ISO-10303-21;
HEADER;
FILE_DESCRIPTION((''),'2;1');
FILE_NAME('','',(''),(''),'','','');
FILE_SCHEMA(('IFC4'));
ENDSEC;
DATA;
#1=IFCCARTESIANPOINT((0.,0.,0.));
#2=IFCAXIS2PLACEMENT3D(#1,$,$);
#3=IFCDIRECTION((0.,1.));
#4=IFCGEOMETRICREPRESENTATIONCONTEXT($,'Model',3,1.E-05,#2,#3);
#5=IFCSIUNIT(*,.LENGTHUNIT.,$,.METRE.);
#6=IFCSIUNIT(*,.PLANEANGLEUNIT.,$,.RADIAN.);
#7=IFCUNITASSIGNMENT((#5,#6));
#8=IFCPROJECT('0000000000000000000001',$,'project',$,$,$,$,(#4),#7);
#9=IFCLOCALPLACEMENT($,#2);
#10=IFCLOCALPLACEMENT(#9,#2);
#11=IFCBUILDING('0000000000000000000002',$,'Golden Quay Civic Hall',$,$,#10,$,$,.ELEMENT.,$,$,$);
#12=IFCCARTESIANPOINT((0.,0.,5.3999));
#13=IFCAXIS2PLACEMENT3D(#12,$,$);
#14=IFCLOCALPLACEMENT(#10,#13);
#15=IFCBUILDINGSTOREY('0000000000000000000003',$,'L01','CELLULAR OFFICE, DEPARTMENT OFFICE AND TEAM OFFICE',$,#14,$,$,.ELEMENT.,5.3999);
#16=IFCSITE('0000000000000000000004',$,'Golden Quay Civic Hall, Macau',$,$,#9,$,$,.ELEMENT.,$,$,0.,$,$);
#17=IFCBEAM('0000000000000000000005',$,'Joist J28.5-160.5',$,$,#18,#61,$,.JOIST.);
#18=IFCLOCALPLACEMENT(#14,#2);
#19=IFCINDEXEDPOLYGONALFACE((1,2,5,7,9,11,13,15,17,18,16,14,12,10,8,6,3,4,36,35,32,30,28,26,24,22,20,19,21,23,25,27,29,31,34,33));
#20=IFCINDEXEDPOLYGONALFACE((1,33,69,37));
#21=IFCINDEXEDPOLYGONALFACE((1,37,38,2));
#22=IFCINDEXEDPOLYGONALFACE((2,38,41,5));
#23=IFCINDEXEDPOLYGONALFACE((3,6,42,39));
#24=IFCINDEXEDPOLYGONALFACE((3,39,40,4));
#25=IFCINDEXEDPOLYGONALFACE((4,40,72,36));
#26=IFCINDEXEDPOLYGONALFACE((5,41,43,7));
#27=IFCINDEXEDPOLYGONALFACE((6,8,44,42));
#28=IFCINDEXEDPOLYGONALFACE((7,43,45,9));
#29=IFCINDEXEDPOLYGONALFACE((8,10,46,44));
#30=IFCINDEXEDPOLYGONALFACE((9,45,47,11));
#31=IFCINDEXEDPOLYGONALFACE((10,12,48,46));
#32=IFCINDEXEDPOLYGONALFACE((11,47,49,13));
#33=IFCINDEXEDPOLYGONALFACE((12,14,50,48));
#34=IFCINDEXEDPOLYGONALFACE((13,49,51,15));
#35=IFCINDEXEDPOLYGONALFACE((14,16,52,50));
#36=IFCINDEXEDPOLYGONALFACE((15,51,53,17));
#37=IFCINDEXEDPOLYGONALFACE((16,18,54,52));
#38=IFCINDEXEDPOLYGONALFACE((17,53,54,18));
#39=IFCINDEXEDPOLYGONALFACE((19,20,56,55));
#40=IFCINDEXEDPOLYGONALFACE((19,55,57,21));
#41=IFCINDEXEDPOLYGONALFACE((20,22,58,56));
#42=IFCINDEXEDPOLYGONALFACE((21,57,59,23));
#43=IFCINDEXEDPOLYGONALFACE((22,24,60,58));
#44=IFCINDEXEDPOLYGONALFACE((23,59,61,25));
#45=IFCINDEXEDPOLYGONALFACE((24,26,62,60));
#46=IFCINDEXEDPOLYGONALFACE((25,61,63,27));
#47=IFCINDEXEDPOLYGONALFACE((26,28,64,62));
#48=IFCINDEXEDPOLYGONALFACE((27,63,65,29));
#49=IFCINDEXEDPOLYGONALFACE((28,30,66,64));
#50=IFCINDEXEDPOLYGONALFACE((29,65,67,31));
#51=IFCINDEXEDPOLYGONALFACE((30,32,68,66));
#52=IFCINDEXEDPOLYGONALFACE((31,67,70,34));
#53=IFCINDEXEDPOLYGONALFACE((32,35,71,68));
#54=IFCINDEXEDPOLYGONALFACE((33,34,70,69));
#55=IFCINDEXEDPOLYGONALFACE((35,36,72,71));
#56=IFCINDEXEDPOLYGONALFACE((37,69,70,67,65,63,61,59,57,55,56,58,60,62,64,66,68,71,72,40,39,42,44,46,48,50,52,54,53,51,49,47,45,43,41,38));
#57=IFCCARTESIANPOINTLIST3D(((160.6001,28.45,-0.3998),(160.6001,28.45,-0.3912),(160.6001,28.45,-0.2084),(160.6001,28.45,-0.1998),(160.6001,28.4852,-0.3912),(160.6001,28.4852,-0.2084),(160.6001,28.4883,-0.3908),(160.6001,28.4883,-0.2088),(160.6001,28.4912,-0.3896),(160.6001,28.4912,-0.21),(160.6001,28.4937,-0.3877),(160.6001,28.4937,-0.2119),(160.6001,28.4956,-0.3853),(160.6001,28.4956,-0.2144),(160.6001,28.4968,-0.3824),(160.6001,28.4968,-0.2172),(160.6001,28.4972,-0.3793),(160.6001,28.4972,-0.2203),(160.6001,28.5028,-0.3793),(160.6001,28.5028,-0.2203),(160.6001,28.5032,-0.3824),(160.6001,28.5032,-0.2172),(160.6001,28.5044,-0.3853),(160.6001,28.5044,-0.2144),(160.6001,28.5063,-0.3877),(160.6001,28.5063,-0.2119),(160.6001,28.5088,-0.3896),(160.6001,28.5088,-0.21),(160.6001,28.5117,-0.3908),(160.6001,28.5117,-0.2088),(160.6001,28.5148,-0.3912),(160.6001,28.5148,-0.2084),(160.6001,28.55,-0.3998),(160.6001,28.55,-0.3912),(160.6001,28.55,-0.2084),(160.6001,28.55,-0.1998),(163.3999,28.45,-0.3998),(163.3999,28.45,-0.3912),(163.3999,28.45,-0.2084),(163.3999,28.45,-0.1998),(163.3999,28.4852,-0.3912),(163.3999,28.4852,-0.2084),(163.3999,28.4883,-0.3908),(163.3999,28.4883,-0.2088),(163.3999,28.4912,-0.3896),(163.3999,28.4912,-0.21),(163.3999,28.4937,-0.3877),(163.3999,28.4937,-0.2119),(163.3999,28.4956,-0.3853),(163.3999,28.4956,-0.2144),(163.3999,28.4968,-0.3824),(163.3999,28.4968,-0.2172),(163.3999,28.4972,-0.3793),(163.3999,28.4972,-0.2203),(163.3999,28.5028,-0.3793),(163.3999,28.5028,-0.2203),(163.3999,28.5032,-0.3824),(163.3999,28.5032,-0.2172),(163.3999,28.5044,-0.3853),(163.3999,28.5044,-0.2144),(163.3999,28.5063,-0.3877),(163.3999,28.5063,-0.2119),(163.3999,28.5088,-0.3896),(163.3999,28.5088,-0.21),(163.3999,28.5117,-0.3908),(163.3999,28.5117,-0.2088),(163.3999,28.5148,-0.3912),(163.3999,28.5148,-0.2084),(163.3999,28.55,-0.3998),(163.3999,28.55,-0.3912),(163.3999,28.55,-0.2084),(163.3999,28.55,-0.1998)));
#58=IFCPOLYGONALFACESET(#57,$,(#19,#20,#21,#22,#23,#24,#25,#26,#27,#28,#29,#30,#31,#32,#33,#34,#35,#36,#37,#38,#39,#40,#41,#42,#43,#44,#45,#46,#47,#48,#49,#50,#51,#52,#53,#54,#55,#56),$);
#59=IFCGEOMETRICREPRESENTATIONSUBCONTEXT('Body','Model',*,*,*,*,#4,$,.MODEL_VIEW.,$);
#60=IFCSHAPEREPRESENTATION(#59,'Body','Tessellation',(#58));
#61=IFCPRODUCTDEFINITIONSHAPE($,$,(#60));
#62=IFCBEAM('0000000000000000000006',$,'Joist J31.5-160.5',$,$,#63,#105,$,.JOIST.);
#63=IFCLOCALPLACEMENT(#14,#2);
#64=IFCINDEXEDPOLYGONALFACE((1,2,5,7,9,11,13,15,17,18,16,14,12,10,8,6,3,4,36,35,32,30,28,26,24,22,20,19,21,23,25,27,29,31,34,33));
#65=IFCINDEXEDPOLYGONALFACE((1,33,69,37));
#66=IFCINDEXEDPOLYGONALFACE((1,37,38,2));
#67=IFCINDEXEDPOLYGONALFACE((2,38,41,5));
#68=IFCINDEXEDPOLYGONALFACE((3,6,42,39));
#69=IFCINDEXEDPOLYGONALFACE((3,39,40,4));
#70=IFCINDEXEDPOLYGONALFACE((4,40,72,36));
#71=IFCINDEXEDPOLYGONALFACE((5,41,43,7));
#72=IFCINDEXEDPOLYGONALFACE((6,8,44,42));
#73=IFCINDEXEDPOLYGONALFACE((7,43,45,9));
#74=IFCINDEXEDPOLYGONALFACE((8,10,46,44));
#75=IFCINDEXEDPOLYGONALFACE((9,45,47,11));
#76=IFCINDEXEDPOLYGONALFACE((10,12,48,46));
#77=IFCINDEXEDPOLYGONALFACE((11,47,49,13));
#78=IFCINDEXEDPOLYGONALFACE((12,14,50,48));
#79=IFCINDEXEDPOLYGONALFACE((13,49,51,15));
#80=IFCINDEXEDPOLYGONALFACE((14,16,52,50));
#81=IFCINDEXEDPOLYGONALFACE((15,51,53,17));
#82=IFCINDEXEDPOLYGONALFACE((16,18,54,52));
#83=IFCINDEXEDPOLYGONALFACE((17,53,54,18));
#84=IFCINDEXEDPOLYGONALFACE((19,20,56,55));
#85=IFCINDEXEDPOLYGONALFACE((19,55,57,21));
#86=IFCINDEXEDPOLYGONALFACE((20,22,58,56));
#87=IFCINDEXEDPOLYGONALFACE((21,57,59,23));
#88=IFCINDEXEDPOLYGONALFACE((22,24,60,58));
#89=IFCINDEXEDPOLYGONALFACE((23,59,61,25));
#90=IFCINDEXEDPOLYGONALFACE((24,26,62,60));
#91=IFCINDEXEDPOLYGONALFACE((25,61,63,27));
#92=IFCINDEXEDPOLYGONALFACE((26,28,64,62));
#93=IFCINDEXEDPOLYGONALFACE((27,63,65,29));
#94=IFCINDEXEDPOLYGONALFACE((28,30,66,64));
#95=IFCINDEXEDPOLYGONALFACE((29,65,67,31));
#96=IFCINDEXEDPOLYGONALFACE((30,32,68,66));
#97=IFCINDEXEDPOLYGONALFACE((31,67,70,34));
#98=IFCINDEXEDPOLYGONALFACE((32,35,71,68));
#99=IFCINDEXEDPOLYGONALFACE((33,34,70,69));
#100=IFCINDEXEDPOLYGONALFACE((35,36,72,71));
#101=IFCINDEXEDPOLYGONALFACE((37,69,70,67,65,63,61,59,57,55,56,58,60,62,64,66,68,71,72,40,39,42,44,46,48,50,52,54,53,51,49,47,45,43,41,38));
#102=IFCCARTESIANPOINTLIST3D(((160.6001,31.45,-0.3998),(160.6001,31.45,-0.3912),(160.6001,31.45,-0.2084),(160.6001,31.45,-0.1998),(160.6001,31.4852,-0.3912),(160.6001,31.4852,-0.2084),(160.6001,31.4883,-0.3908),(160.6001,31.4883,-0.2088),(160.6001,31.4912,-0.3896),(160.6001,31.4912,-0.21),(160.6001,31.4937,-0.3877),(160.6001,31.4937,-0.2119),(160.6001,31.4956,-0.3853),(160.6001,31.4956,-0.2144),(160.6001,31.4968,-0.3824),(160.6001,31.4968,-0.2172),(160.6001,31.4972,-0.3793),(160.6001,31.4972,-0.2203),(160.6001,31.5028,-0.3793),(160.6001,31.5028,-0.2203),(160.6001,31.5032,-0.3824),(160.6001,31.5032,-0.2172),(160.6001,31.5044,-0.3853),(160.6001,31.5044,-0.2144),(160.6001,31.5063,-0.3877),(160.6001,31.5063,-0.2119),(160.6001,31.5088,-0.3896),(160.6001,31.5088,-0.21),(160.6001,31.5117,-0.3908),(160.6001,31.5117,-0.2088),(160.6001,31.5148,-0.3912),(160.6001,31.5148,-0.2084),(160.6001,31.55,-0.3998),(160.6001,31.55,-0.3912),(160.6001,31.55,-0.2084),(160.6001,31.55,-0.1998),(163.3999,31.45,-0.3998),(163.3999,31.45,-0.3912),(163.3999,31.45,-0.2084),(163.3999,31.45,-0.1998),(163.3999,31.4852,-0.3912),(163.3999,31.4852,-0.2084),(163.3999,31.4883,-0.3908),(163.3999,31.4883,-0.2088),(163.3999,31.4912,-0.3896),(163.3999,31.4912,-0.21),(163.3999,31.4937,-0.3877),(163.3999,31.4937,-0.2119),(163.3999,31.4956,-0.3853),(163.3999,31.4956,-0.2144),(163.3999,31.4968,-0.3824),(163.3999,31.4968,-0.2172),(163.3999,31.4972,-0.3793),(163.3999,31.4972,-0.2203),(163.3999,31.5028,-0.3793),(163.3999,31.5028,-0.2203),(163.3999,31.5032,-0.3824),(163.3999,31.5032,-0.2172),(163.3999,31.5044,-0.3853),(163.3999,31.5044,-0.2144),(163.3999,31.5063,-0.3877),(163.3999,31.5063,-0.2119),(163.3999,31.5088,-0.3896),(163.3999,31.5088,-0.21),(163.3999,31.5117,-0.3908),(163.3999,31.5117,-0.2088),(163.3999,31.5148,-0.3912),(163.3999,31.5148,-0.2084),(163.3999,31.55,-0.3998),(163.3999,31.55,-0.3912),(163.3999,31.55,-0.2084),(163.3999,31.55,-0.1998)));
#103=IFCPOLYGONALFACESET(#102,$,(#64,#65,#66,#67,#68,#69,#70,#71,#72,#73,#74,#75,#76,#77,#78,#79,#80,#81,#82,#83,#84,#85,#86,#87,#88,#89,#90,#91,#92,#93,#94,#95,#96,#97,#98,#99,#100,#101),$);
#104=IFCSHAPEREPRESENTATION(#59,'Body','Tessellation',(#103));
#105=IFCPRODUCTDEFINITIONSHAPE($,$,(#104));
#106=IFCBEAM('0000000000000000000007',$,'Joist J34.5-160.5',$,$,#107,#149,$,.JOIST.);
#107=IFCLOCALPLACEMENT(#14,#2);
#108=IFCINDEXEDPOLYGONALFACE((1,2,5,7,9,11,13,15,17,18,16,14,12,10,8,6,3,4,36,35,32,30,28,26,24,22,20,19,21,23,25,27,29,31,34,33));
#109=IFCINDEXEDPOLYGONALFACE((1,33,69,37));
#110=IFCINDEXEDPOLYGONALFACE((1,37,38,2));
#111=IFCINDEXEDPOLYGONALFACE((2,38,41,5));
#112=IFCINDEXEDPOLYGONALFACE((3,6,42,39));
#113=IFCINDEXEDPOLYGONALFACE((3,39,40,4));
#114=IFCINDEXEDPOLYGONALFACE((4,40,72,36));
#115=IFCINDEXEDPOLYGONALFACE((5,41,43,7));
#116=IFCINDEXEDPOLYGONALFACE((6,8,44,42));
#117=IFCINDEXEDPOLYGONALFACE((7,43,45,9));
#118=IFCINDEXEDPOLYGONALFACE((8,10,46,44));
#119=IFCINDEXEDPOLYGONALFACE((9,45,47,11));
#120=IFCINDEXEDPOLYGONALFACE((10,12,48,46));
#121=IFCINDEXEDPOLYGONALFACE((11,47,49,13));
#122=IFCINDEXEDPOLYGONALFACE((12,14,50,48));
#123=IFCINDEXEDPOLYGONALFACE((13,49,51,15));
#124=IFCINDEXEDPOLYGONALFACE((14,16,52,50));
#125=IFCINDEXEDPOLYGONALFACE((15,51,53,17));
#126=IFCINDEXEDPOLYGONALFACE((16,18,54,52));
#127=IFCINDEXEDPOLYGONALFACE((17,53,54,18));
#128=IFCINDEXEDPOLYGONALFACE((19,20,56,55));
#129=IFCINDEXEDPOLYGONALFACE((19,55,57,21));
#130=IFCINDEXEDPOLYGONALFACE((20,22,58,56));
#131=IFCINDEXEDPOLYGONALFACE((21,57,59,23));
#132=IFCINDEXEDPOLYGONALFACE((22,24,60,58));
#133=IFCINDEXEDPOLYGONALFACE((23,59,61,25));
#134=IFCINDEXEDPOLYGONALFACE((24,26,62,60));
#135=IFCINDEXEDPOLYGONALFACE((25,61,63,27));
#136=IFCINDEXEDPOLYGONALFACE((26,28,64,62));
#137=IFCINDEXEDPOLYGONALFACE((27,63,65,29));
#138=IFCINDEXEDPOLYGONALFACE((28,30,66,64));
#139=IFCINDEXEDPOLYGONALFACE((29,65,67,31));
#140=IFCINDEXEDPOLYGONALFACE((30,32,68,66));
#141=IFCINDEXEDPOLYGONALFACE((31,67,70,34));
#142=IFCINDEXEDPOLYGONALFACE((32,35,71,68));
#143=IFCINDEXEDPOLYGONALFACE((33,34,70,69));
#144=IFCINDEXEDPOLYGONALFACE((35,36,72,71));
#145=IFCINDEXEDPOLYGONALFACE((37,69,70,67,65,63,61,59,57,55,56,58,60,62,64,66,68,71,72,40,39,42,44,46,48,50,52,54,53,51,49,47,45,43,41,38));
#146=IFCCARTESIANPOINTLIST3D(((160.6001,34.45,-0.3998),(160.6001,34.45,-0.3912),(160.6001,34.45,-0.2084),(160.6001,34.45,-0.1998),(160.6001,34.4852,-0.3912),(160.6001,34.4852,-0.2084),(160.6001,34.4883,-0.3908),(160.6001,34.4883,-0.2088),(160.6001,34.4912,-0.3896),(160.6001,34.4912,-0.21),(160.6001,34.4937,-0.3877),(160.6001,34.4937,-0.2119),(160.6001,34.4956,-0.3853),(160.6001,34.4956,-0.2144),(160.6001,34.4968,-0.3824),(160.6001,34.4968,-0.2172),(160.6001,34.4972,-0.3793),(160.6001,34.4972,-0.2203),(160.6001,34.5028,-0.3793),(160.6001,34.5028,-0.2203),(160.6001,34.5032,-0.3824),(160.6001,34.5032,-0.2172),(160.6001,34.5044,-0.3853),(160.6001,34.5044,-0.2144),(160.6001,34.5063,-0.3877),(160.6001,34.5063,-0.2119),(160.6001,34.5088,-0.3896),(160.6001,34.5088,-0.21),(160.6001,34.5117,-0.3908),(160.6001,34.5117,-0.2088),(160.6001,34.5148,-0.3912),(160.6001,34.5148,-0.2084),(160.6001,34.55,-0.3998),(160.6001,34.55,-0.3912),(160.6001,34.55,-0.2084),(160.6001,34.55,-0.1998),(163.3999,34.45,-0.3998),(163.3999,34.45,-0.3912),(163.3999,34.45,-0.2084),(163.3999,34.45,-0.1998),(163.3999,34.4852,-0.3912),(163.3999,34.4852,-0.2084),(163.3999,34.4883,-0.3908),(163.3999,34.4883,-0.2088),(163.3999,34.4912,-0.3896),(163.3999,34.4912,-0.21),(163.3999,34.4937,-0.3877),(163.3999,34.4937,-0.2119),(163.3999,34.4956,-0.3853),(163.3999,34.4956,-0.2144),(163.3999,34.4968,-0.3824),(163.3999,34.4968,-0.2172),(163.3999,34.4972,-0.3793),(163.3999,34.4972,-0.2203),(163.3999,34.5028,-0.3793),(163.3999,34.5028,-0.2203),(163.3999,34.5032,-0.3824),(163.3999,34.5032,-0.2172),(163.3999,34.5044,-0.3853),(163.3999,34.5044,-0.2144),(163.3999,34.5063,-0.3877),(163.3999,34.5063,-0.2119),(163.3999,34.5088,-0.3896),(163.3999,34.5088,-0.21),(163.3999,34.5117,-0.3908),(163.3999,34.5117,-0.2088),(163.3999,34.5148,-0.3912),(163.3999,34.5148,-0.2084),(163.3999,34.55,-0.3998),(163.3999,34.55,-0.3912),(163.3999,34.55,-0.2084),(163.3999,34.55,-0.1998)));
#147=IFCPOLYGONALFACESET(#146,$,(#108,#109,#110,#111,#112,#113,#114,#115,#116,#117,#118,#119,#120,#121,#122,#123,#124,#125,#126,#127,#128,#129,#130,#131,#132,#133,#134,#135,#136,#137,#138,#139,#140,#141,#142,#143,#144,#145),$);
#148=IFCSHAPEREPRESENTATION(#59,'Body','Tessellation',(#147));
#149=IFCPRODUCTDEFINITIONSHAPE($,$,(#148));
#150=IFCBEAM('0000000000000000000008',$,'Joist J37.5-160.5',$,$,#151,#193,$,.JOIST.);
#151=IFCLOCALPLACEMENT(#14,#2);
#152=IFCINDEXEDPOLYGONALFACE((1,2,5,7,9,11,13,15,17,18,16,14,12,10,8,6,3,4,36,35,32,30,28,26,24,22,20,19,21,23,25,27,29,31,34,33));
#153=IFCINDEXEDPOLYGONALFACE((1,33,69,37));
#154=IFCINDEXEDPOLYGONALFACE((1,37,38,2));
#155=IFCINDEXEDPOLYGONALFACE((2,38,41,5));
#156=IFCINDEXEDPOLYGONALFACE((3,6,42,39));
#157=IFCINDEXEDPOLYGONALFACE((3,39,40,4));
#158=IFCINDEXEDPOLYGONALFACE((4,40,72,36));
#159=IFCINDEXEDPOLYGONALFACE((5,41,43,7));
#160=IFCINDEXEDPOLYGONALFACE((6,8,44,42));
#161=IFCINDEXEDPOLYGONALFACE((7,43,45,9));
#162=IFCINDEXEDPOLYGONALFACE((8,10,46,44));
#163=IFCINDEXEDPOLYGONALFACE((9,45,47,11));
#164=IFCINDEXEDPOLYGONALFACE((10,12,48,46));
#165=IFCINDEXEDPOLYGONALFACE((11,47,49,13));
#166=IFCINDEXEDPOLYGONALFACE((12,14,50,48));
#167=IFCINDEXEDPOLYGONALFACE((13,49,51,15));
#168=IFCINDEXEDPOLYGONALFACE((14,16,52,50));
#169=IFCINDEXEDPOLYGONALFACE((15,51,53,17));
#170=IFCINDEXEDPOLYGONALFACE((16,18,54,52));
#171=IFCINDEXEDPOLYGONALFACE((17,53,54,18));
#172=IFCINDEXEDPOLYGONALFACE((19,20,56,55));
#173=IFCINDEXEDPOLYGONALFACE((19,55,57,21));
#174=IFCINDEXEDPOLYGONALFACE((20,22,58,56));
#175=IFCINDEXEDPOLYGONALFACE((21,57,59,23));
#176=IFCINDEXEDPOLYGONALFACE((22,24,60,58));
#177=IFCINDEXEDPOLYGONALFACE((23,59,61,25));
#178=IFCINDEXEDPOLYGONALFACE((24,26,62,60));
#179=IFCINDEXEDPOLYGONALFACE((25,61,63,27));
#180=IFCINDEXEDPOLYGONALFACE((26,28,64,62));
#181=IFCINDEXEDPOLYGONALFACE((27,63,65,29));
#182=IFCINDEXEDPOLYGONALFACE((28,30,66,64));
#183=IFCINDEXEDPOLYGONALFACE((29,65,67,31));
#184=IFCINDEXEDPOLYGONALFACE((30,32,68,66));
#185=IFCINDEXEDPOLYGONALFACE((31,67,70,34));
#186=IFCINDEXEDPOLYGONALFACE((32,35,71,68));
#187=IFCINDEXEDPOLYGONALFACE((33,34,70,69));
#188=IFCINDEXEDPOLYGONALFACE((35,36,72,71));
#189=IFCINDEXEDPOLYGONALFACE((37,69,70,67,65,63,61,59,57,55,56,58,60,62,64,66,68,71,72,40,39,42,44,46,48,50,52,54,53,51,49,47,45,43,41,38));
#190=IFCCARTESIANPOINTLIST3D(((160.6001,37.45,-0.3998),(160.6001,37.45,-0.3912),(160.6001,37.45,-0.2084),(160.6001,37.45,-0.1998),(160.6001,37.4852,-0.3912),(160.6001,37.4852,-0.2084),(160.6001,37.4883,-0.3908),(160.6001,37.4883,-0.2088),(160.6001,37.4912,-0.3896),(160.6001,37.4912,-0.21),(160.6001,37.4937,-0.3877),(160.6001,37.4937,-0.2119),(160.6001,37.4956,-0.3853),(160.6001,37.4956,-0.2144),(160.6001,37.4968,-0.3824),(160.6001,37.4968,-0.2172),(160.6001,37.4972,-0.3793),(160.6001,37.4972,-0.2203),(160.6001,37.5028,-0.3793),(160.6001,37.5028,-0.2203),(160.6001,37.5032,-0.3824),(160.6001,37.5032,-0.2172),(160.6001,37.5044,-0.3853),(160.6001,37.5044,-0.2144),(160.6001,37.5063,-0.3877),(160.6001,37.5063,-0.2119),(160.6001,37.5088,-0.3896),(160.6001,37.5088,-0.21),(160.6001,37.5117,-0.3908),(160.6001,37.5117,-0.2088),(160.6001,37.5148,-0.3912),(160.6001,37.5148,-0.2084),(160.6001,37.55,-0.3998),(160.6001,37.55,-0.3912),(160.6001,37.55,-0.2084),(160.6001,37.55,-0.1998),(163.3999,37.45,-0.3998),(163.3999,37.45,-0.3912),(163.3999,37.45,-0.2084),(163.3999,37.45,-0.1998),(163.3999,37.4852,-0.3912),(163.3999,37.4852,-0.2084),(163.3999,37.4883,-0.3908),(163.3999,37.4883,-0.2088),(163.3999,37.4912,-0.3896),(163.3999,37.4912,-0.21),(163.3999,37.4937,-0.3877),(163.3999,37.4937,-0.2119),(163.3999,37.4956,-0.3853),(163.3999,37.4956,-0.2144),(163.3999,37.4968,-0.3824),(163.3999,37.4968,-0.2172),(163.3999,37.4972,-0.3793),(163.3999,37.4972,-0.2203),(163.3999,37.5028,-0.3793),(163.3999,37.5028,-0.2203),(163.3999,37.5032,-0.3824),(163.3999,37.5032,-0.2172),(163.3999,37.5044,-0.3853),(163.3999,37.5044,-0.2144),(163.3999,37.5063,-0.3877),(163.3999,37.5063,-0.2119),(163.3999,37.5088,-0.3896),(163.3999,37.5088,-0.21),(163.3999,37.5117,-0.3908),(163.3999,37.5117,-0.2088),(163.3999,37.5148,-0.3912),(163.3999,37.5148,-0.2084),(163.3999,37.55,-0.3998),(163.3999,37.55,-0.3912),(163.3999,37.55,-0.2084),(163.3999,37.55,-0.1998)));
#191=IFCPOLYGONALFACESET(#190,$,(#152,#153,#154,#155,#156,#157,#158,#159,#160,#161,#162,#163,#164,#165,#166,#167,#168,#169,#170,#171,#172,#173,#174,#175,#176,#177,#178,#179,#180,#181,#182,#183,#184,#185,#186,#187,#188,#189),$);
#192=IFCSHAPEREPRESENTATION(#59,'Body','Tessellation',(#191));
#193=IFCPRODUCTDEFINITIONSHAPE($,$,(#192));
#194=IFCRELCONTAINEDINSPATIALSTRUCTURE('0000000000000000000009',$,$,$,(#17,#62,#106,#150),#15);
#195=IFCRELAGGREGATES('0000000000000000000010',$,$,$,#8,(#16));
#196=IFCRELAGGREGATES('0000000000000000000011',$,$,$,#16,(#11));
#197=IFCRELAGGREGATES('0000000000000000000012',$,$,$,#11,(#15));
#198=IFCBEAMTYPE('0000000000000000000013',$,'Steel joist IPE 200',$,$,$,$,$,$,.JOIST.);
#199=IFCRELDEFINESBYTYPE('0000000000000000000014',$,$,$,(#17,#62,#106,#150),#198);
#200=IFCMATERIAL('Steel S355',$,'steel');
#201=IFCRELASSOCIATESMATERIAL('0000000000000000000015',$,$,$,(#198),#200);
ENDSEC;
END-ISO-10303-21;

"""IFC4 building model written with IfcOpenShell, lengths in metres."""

from ifc_helpers import new_model, si_unit, direction, frame, origin, origin_2d, place, context, subcontext, project, spatial, i_section, extrude, material, material_profile, profile_set, type_object, element, save


model = new_model("IFC4")

# Units and contexts
model_context = context("Model", 3, precision=1e-05, world=origin(), true_north=direction((0.0, 1.0)))
body_context = subcontext(model_context, "Body", "Model", "MODEL_VIEW")
ifc_project = project(units=[si_unit("LENGTHUNIT", "METRE"), si_unit("PLANEANGLEUNIT", "RADIAN")], contexts=[model_context])

# Site, building, storey
site_placement = place(None, origin())
site = spatial("IfcSite", under=ifc_project, at=site_placement, Name="Golden Quay Civic Hall, Macau", CompositionType="ELEMENT", RefElevation=0.0)
building_placement = place(site_placement, origin())
building = spatial("IfcBuilding", under=site, at=building_placement, Name="Golden Quay Civic Hall", CompositionType="ELEMENT")
storey_placement = place(building_placement, frame((0.0, 0.0, 5.3999)))
storey = spatial("IfcBuildingStorey", under=building, at=storey_placement, Name="L01", Description="CELLULAR OFFICE, DEPARTMENT OFFICE AND TEAM OFFICE", CompositionType="ELEMENT", Elevation=5.3999)

# Beams
ifc_material_1 = material(Name="Steel S355", Category="steel")
ifc_material_profile_1 = material_profile(ifc_material_1, i_section(OverallWidth=0.1001, OverallDepth=0.2, WebThickness=0.0056, FlangeThickness=0.0085, FilletRadius=0.012, at=origin_2d()), Name="IPE 200")
ifc_profile_set_1 = profile_set([ifc_material_profile_1], Name="Steel S355")
beam_type_1 = type_object("IfcBeamType", Name="Steel joist IPE 200", PredefinedType="JOIST", material=ifc_profile_set_1)
for number, where, z_axis, x_axis, name in (
    (1, (160.6001, 28.5, -0.2998), (1.0, 0.0, 0.0), (0.0, 1.0, 0.0), "Joist J28.5-160.5"),
    (2, (160.6001, 31.5, -0.2998), (1.0, 0.0, 0.0), (0.0, 1.0, 0.0), "Joist J31.5-160.5"),
    (3, (160.6001, 34.5, -0.2998), (1.0, 0.0, 0.0), (0.0, 1.0, 0.0), "Joist J34.5-160.5"),
    (4, (160.6001, 37.5, -0.2998), (1.0, 0.0, 0.0), (0.0, 1.0, 0.0), "Joist J37.5-160.5"),
):
    element("IfcBeam", number, at=place(storey_placement, frame(where, z_axis=z_axis, x_axis=x_axis)), inside=storey, type_object=beam_type_1, Name=name, PredefinedType="JOIST", context=body_context, shape_type="SweptSolid", body=[
        extrude(i_section(OverallWidth=0.1001, OverallDepth=0.2, WebThickness=0.0056, FlangeThickness=0.0085, FilletRadius=0.012, at=origin_2d()), origin(), (0.0, 0.0, 1.0), 2.7998),
    ])

save(model, "model.ifc")
